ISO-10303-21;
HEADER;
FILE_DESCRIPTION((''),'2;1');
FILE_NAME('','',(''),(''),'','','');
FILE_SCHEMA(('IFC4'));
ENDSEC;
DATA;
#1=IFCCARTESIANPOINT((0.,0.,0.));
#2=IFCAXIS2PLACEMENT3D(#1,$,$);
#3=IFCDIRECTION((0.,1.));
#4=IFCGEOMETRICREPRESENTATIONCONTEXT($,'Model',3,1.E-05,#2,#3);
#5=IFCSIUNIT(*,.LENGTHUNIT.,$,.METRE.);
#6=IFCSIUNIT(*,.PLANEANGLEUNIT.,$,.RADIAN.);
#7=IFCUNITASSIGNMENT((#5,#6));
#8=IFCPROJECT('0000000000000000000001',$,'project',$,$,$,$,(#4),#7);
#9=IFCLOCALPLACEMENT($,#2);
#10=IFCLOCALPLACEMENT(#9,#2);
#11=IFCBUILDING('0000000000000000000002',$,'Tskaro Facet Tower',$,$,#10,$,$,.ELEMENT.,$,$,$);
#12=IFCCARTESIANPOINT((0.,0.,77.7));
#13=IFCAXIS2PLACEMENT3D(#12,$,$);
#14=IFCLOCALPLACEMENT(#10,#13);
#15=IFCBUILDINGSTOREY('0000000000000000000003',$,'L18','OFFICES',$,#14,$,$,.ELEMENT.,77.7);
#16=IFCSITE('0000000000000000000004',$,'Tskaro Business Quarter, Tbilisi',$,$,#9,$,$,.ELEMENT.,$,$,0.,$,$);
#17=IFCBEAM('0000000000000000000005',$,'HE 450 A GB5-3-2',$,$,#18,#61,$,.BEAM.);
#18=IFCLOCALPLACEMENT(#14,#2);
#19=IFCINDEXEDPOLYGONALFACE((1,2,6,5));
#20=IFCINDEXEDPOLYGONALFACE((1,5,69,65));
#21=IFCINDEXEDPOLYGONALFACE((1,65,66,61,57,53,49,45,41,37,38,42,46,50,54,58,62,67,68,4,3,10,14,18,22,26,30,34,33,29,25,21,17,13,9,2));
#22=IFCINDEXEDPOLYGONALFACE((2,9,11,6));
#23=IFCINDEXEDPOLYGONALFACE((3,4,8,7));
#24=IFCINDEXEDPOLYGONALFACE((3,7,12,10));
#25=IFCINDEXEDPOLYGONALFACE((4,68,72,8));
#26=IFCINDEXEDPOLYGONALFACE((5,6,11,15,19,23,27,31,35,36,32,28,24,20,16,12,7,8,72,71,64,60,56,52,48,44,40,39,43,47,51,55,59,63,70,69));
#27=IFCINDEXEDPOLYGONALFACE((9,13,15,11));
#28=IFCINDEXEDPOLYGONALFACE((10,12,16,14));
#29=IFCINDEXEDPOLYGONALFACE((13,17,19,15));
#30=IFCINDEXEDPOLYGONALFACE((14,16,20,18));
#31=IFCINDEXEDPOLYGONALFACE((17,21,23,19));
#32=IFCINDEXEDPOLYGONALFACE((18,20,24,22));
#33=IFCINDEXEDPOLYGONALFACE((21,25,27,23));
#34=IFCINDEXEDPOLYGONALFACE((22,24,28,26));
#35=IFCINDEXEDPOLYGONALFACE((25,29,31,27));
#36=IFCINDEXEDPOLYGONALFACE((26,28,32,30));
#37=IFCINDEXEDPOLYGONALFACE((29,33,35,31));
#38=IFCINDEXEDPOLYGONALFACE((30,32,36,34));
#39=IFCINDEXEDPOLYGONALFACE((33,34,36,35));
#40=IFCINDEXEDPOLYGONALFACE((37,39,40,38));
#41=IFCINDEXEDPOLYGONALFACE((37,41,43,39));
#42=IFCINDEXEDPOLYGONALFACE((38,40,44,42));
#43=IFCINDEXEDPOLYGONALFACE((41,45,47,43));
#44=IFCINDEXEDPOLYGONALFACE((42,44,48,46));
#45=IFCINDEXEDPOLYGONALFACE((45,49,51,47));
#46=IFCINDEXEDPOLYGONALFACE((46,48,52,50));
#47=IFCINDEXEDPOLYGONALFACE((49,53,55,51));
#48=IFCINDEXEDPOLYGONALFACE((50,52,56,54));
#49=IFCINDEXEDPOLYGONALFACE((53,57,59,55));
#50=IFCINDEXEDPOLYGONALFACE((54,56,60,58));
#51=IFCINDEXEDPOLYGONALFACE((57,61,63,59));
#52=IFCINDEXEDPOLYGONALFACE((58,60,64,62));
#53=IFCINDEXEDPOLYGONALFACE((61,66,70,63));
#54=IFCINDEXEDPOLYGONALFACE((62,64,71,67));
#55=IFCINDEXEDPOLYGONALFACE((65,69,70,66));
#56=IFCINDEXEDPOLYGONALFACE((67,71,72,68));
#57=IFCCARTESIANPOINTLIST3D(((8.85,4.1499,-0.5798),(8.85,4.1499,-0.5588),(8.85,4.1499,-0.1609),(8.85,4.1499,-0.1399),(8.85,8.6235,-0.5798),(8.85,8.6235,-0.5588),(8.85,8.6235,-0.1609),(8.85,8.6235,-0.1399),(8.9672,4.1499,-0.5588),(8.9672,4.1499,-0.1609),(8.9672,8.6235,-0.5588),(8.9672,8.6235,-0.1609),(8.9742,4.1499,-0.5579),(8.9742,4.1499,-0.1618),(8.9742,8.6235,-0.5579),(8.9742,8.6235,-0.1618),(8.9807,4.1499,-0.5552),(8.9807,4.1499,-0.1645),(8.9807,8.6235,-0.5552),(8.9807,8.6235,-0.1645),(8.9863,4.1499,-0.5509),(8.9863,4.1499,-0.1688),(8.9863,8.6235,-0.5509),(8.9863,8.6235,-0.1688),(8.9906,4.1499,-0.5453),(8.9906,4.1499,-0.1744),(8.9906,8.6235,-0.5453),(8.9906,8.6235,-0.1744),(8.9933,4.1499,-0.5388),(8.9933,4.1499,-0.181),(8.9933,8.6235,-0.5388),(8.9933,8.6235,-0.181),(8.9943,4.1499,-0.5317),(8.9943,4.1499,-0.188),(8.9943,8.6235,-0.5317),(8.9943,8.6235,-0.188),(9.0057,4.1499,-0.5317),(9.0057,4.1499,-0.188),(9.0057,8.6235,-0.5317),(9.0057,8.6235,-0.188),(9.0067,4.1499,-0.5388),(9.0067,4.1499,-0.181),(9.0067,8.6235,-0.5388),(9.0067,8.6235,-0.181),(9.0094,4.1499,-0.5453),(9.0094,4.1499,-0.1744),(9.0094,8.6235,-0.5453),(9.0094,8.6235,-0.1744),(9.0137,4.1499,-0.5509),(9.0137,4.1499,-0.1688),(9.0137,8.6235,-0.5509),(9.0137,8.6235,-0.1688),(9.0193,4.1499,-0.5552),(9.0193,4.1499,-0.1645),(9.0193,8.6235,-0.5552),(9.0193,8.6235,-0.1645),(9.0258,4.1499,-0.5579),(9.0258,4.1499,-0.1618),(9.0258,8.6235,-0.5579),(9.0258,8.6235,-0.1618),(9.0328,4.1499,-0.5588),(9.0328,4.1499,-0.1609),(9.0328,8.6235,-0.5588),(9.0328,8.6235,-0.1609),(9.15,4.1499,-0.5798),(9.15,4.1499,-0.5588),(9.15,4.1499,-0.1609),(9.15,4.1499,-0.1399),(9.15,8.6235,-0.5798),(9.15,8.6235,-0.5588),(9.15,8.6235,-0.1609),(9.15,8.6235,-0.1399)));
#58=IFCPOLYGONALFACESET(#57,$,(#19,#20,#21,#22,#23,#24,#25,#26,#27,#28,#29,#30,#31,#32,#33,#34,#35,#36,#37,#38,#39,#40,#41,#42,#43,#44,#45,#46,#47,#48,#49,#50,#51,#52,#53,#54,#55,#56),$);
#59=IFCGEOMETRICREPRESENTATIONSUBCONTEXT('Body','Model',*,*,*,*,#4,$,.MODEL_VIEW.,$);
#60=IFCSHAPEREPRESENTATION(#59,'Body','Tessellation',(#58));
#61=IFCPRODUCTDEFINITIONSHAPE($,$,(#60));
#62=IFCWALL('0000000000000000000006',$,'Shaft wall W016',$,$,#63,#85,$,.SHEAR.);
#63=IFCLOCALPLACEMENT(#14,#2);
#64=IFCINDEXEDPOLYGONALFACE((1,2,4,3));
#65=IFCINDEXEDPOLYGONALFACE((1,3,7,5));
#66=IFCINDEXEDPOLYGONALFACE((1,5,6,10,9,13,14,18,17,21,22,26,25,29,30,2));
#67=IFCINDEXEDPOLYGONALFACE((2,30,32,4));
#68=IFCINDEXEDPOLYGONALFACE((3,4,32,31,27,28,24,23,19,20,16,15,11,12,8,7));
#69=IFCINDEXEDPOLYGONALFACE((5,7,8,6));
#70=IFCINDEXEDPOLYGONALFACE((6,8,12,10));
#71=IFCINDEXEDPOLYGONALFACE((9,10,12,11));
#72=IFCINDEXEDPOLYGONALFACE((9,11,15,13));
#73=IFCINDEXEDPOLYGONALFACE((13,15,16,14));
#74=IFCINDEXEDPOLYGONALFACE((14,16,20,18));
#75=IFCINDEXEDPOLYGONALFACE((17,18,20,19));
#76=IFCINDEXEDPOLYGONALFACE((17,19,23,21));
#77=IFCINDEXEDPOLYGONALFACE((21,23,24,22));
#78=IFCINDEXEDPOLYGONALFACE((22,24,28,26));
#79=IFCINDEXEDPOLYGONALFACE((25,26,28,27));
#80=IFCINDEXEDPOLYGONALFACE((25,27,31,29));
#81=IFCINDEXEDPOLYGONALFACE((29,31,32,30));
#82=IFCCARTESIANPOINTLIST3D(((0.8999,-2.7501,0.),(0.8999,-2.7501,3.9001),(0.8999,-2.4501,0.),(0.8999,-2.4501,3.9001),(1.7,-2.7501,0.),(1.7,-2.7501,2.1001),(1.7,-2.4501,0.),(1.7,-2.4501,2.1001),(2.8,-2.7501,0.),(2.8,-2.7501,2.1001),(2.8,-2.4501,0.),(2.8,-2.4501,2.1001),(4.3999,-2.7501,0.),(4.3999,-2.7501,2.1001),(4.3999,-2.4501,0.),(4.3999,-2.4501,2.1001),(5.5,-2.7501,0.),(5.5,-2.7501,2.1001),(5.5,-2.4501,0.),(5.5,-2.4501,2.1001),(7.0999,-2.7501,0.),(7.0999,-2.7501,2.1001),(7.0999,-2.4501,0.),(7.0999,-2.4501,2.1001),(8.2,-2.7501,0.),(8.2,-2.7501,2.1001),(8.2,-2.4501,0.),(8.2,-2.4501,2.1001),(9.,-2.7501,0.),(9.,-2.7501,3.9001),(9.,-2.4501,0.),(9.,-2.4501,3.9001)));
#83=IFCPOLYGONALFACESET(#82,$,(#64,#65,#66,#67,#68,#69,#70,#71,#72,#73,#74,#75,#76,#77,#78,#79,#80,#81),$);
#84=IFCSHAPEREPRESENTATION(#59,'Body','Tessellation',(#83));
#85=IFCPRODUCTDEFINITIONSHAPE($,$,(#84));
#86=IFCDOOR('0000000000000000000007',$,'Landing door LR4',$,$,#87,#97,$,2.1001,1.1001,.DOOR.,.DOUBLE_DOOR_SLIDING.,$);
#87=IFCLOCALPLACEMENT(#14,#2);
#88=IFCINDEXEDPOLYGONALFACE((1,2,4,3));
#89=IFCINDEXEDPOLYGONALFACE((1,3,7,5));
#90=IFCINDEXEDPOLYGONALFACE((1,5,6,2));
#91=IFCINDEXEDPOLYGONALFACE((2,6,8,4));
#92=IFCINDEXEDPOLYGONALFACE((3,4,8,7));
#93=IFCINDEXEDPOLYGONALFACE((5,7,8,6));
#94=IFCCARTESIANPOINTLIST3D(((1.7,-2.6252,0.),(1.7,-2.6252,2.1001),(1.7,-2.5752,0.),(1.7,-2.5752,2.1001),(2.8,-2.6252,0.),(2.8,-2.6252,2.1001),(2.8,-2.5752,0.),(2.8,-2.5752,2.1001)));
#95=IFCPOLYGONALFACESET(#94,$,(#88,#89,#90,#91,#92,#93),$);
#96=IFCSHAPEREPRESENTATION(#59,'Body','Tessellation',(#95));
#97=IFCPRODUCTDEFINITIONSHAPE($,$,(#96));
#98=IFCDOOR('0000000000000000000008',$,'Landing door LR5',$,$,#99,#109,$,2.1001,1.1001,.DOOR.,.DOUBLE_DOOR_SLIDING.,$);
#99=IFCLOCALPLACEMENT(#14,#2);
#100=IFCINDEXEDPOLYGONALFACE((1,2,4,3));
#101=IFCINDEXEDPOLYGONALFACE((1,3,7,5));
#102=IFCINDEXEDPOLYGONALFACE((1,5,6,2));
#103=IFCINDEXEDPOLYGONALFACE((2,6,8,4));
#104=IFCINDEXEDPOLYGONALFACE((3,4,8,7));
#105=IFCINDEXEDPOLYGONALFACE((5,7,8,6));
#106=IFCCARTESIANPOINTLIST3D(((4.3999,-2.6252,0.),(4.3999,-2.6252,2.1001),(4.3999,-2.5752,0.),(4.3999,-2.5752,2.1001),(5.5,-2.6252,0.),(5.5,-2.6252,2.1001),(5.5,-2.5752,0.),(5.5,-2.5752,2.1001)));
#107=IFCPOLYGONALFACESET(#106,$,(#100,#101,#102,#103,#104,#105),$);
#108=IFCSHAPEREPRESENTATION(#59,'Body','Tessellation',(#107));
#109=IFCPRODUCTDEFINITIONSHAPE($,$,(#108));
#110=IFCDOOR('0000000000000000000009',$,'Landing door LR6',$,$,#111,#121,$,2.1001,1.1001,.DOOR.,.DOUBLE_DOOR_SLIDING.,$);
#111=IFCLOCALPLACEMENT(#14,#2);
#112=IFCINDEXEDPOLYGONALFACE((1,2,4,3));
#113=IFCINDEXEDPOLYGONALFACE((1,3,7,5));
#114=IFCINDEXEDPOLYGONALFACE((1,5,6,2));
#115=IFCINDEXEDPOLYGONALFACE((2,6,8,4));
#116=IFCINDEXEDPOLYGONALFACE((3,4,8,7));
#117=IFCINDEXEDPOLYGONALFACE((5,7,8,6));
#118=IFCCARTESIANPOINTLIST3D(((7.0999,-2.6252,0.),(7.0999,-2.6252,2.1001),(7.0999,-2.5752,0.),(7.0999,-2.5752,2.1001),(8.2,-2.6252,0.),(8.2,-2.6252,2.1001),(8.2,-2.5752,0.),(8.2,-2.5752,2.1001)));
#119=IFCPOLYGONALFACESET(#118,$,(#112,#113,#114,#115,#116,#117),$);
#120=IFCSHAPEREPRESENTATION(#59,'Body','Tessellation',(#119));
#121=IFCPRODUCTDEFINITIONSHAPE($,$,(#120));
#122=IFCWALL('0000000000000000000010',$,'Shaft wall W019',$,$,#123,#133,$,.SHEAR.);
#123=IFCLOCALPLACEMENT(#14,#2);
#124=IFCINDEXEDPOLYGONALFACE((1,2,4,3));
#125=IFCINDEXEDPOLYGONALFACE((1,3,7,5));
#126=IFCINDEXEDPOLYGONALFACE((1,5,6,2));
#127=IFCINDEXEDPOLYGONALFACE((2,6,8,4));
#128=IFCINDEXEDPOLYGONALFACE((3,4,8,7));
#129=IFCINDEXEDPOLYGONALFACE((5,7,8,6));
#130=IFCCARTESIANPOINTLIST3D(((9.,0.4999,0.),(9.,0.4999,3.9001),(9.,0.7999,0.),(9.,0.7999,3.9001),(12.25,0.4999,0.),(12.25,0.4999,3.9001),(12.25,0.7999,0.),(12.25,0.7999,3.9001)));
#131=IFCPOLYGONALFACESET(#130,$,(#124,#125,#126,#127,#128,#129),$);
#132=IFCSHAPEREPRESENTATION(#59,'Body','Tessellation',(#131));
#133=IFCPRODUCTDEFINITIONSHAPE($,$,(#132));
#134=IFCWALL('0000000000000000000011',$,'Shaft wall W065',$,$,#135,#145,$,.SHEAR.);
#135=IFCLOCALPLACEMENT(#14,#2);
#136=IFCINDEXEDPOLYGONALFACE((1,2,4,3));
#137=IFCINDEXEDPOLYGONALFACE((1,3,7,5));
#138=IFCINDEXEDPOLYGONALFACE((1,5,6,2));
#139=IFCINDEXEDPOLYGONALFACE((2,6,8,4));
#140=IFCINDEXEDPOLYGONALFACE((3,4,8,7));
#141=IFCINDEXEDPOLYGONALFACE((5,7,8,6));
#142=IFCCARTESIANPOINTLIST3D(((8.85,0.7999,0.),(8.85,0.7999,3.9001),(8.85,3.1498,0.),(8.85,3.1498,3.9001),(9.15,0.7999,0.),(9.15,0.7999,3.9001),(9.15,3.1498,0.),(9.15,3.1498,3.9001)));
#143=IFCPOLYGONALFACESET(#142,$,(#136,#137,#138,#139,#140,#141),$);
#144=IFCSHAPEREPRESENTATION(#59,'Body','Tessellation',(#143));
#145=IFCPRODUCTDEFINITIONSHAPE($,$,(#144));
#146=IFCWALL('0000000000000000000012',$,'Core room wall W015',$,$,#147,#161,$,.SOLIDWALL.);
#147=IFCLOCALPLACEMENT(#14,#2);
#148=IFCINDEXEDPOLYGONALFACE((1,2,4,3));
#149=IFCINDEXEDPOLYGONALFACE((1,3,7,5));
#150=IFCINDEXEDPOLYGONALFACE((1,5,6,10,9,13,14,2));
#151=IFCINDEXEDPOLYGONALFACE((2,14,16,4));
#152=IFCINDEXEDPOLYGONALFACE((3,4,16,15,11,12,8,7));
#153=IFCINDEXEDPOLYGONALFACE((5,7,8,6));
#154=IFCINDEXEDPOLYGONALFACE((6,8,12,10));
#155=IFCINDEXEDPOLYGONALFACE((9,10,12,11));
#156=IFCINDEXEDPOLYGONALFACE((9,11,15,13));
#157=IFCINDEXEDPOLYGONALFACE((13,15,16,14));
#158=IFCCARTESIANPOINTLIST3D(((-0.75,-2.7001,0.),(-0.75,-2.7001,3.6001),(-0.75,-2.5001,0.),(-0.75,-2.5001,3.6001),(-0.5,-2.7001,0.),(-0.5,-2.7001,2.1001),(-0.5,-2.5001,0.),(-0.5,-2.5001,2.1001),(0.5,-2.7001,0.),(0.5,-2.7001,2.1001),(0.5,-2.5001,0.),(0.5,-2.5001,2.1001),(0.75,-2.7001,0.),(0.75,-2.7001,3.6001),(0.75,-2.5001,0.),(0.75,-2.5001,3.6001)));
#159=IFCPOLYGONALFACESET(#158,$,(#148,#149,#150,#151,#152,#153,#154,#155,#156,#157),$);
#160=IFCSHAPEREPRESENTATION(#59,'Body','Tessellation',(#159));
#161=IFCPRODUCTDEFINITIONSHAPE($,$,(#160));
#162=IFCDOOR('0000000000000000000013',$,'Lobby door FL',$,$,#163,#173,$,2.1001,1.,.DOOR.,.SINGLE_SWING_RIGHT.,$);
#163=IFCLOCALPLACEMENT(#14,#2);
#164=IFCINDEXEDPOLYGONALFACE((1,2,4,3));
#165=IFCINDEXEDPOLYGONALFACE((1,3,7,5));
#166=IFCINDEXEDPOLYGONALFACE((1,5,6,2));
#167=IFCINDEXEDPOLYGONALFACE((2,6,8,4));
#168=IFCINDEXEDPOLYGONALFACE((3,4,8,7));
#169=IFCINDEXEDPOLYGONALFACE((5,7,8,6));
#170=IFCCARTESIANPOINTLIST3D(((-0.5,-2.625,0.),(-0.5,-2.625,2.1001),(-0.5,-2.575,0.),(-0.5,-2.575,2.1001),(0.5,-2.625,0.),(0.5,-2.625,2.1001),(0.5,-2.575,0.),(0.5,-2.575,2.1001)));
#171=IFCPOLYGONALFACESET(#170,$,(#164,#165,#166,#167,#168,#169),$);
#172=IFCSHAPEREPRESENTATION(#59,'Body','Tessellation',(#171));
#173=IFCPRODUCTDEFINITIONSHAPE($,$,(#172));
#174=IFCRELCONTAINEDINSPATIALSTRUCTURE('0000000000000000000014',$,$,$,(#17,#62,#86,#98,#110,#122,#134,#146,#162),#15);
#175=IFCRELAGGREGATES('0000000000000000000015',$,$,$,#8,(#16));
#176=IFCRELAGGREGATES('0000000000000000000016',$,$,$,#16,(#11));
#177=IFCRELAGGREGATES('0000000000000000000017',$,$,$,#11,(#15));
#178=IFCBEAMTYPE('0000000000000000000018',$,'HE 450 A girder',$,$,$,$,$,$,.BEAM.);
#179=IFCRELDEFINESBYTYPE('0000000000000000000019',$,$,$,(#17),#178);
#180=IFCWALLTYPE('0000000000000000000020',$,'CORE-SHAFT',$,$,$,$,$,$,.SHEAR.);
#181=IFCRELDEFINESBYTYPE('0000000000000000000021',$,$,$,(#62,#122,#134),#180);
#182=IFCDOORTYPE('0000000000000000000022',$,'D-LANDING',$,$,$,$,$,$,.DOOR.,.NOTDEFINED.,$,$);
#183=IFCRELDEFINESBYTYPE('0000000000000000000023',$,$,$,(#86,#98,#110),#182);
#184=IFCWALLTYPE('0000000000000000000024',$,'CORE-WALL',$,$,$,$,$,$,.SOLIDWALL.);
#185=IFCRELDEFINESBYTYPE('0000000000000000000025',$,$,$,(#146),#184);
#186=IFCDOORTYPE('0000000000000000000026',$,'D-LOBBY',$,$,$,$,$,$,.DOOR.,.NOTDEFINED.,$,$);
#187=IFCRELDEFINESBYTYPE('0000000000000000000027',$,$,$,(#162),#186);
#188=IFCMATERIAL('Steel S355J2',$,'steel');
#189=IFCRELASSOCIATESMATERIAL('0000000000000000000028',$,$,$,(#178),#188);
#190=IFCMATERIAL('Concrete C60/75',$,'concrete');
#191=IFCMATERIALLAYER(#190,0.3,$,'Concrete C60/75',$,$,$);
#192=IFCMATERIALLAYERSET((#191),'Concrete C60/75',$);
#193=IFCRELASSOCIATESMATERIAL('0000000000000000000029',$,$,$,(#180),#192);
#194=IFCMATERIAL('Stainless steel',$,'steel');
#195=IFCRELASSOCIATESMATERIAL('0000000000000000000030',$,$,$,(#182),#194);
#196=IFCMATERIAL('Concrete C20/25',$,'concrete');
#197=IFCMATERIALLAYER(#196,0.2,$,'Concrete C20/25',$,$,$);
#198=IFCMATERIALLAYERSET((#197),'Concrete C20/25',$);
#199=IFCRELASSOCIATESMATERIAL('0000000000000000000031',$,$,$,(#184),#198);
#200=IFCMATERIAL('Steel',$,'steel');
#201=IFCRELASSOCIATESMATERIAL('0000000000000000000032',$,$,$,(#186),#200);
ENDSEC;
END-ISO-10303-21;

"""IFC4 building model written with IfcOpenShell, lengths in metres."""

from ifc_helpers import new_model, si_unit, direction, frame, frame_2d, origin, origin_2d, place, context, subcontext, project, spatial, rectangle, i_section, extrude, material, layer, layer_set, material_profile, profile_set, type_object, element, fill, save


model = new_model("IFC4")

# Units and contexts
model_context = context("Model", 3, precision=1e-05, world=origin(), true_north=direction((0.0, 1.0)))
body_context = subcontext(model_context, "Body", "Model", "MODEL_VIEW")
ifc_project = project(units=[si_unit("LENGTHUNIT", "METRE"), si_unit("PLANEANGLEUNIT", "RADIAN")], contexts=[model_context])

# Site, building, storey
site_placement = place(None, origin())
site = spatial("IfcSite", under=ifc_project, at=site_placement, Name="Tskaro Business Quarter, Tbilisi", CompositionType="ELEMENT", RefElevation=0.0)
building_placement = place(site_placement, origin())
building = spatial("IfcBuilding", under=site, at=building_placement, Name="Tskaro Facet Tower", CompositionType="ELEMENT")
storey_placement = place(building_placement, frame((0.0, 0.0, 77.7)))
storey = spatial("IfcBuildingStorey", under=building, at=storey_placement, Name="L18", Description="OFFICES", CompositionType="ELEMENT", Elevation=77.7)

# Beam
ifc_material_1 = material(Name="Steel S355J2", Category="steel")
ifc_material_profile = material_profile(ifc_material_1, i_section(OverallWidth=0.3, OverallDepth=0.4399, WebThickness=0.0115, FlangeThickness=0.021, FilletRadius=0.0271, at=origin_2d()), Name="HE 450 A")
ifc_profile_set = profile_set([ifc_material_profile], Name="Steel S355J2")
beam_type = type_object("IfcBeamType", Name="HE 450 A girder", PredefinedType="BEAM", material=ifc_profile_set)
beam_placement = place(storey_placement, frame((9.0, 4.1499, -0.3599), z_axis=(0.0, 1.0, 0.0), x_axis=(-1.0, 0.0, 0.0)))
element("IfcBeam", 1, at=beam_placement, inside=storey, type_object=beam_type, Name="HE 450 A GB5-3-2", PredefinedType="BEAM", context=body_context, shape_type="SweptSolid", body=[
    extrude(i_section(OverallWidth=0.3, OverallDepth=0.4399, WebThickness=0.0115, FlangeThickness=0.021, FilletRadius=0.0271, at=origin_2d()), origin(), (0.0, 0.0, 1.0), 4.4736),
])

# Wall, openings, doors
ifc_material_2 = material(Name="Concrete C60/75", Category="concrete")
ifc_layer_1 = layer(ifc_material_2, 0.3, Name="Concrete C60/75")
ifc_layer_set_1 = layer_set([ifc_layer_1], Name="Concrete C60/75")
wall_type_1 = type_object("IfcWallType", Name="CORE-SHAFT", PredefinedType="SHEAR", material=ifc_layer_set_1)
wall_1_placement = place(storey_placement, frame((0.8999, -2.6001, 0.0), z_axis=(0.0, 0.0, 1.0), x_axis=(1.0, 0.0, 0.0)))
wall_1 = element("IfcWall", 2, at=wall_1_placement, inside=storey, type_object=wall_type_1, Name="Shaft wall W016", PredefinedType="SHEAR", context=body_context, shape_type="SweptSolid", body=[
    extrude(rectangle(XDim=8.1001, YDim=0.3, at=frame_2d((4.05, 0.0))), origin(), (0.0, 0.0, 1.0), 3.9001),
])
opening_1_placement = place(wall_1_placement, frame((0.8, 0.0, 0.0)))
opening_1 = element("IfcOpeningElement", 3, at=opening_1_placement, cuts=wall_1, PredefinedType="OPENING", context=body_context, shape_type="SweptSolid", body=[
    extrude(rectangle(XDim=1.1001, YDim=2.1001, at=frame_2d((0.55, 1.05))), frame((0.0, 0.1599, 0.0), z_axis=(0.0, -1.0, 0.0), x_axis=(1.0, 0.0, 0.0)), (0.0, 0.0, 1.0), 0.3201),
])
opening_2_placement = place(wall_1_placement, frame((3.5, 0.0, 0.0)))
opening_2 = element("IfcOpeningElement", 4, at=opening_2_placement, cuts=wall_1, PredefinedType="OPENING", context=body_context, shape_type="SweptSolid", body=[
    extrude(rectangle(XDim=1.1001, YDim=2.1001, at=frame_2d((0.55, 1.05))), frame((0.0, 0.1599, 0.0), z_axis=(0.0, -1.0, 0.0), x_axis=(1.0, 0.0, 0.0)), (0.0, 0.0, 1.0), 0.3201),
])
opening_3_placement = place(wall_1_placement, frame((6.2, 0.0, 0.0)))
opening_3 = element("IfcOpeningElement", 5, at=opening_3_placement, cuts=wall_1, PredefinedType="OPENING", context=body_context, shape_type="SweptSolid", body=[
    extrude(rectangle(XDim=1.1001, YDim=2.1001, at=frame_2d((0.55, 1.05))), frame((0.0, 0.1599, 0.0), z_axis=(0.0, -1.0, 0.0), x_axis=(1.0, 0.0, 0.0)), (0.0, 0.0, 1.0), 0.3201),
])
ifc_material_3 = material(Name="Stainless steel", Category="steel")
door_type_1 = type_object("IfcDoorType", Name="D-LANDING", OperationType="NOTDEFINED", PredefinedType="DOOR", material=ifc_material_3)
door_1_placement = place(opening_1_placement, origin())
door_1 = element("IfcDoor", 6, at=door_1_placement, inside=storey, type_object=door_type_1, Name="Landing door LR4", OperationType="DOUBLE_DOOR_SLIDING", OverallHeight=2.1001, OverallWidth=1.1001, PredefinedType="DOOR", context=body_context, shape_type="SweptSolid", body=[
    extrude(rectangle(XDim=1.1001, YDim=2.1001, at=frame_2d((0.55, 1.05))), frame((0.0, 0.0249, 0.0), z_axis=(0.0, -1.0, 0.0), x_axis=(1.0, 0.0, 0.0)), (0.0, 0.0, 1.0), 0.05),
])
fill(opening_1, door_1)
door_2_placement = place(opening_2_placement, origin())
door_2 = element("IfcDoor", 7, at=door_2_placement, inside=storey, type_object=door_type_1, Name="Landing door LR5", OperationType="DOUBLE_DOOR_SLIDING", OverallHeight=2.1001, OverallWidth=1.1001, PredefinedType="DOOR", context=body_context, shape_type="SweptSolid", body=[
    extrude(rectangle(XDim=1.1001, YDim=2.1001, at=frame_2d((0.55, 1.05))), frame((0.0, 0.0249, 0.0), z_axis=(0.0, -1.0, 0.0), x_axis=(1.0, 0.0, 0.0)), (0.0, 0.0, 1.0), 0.05),
])
fill(opening_2, door_2)
door_3_placement = place(opening_3_placement, origin())
door_3 = element("IfcDoor", 8, at=door_3_placement, inside=storey, type_object=door_type_1, Name="Landing door LR6", OperationType="DOUBLE_DOOR_SLIDING", OverallHeight=2.1001, OverallWidth=1.1001, PredefinedType="DOOR", context=body_context, shape_type="SweptSolid", body=[
    extrude(rectangle(XDim=1.1001, YDim=2.1001, at=frame_2d((0.55, 1.05))), frame((0.0, 0.0249, 0.0), z_axis=(0.0, -1.0, 0.0), x_axis=(1.0, 0.0, 0.0)), (0.0, 0.0, 1.0), 0.05),
])
fill(opening_3, door_3)

# Walls
wall_2_placement = place(storey_placement, frame((12.25, 0.6499, 0.0), z_axis=(0.0, 0.0, 1.0), x_axis=(-1.0, 0.0, 0.0)))
element("IfcWall", 9, at=wall_2_placement, inside=storey, type_object=wall_type_1, Name="Shaft wall W019", PredefinedType="SHEAR", context=body_context, shape_type="SweptSolid", body=[
    extrude(rectangle(XDim=3.25, YDim=0.3, at=frame_2d((1.625, 0.0))), origin(), (0.0, 0.0, 1.0), 3.9001),
])
wall_3_placement = place(storey_placement, frame((9.0, 0.8, 0.0), z_axis=(0.0, 0.0, 1.0), x_axis=(0.0, 1.0, 0.0)))
element("IfcWall", 10, at=wall_3_placement, inside=storey, type_object=wall_type_1, Name="Shaft wall W065", PredefinedType="SHEAR", context=body_context, shape_type="SweptSolid", body=[
    extrude(rectangle(XDim=2.3499, YDim=0.3, at=frame_2d((1.1748, 0.0))), origin(), (0.0, 0.0, 1.0), 3.9001),
])

# Wall, opening, door
ifc_material_4 = material(Name="Concrete C20/25", Category="concrete")
ifc_layer_2 = layer(ifc_material_4, 0.2, Name="Concrete C20/25")
ifc_layer_set_2 = layer_set([ifc_layer_2], Name="Concrete C20/25")
wall_type_2 = type_object("IfcWallType", Name="CORE-WALL", PredefinedType="SOLIDWALL", material=ifc_layer_set_2)
wall_4_placement = place(storey_placement, frame((0.75, -2.6001, 0.0), z_axis=(0.0, 0.0, 1.0), x_axis=(-1.0, 0.0, 0.0)))
wall_4 = element("IfcWall", 11, at=wall_4_placement, inside=storey, type_object=wall_type_2, Name="Core room wall W015", PredefinedType="SOLIDWALL", context=body_context, shape_type="SweptSolid", body=[
    extrude(rectangle(XDim=1.5, YDim=0.2, at=frame_2d((0.75, 0.0))), origin(), (0.0, 0.0, 1.0), 3.6001),
])
opening_4_placement = place(wall_4_placement, frame((0.25, 0.0, 0.0)))
opening_4 = element("IfcOpeningElement", 12, at=opening_4_placement, cuts=wall_4, PredefinedType="OPENING", context=body_context, shape_type="SweptSolid", body=[
    extrude(rectangle(XDim=1.0, YDim=2.1001, at=frame_2d((0.5, 1.05))), frame((0.0, 0.1099, 0.0), z_axis=(0.0, -1.0, 0.0), x_axis=(1.0, 0.0, 0.0)), (0.0, 0.0, 1.0), 0.22),
])
ifc_material_5 = material(Name="Steel", Category="steel")
door_type_2 = type_object("IfcDoorType", Name="D-LOBBY", OperationType="NOTDEFINED", PredefinedType="DOOR", material=ifc_material_5)
door_4_placement = place(opening_4_placement, origin())
door_4 = element("IfcDoor", 13, at=door_4_placement, inside=storey, type_object=door_type_2, Name="Lobby door FL", OperationType="SINGLE_SWING_RIGHT", OverallHeight=2.1001, OverallWidth=1.0, PredefinedType="DOOR", context=body_context, shape_type="SweptSolid", body=[
    extrude(rectangle(XDim=1.0, YDim=2.1001, at=frame_2d((0.5, 1.05))), frame((0.0, 0.0249, 0.0), z_axis=(0.0, -1.0, 0.0), x_axis=(1.0, 0.0, 0.0)), (0.0, 0.0, 1.0), 0.05),
])
fill(opening_4, door_4)

save(model, "model.ifc")
